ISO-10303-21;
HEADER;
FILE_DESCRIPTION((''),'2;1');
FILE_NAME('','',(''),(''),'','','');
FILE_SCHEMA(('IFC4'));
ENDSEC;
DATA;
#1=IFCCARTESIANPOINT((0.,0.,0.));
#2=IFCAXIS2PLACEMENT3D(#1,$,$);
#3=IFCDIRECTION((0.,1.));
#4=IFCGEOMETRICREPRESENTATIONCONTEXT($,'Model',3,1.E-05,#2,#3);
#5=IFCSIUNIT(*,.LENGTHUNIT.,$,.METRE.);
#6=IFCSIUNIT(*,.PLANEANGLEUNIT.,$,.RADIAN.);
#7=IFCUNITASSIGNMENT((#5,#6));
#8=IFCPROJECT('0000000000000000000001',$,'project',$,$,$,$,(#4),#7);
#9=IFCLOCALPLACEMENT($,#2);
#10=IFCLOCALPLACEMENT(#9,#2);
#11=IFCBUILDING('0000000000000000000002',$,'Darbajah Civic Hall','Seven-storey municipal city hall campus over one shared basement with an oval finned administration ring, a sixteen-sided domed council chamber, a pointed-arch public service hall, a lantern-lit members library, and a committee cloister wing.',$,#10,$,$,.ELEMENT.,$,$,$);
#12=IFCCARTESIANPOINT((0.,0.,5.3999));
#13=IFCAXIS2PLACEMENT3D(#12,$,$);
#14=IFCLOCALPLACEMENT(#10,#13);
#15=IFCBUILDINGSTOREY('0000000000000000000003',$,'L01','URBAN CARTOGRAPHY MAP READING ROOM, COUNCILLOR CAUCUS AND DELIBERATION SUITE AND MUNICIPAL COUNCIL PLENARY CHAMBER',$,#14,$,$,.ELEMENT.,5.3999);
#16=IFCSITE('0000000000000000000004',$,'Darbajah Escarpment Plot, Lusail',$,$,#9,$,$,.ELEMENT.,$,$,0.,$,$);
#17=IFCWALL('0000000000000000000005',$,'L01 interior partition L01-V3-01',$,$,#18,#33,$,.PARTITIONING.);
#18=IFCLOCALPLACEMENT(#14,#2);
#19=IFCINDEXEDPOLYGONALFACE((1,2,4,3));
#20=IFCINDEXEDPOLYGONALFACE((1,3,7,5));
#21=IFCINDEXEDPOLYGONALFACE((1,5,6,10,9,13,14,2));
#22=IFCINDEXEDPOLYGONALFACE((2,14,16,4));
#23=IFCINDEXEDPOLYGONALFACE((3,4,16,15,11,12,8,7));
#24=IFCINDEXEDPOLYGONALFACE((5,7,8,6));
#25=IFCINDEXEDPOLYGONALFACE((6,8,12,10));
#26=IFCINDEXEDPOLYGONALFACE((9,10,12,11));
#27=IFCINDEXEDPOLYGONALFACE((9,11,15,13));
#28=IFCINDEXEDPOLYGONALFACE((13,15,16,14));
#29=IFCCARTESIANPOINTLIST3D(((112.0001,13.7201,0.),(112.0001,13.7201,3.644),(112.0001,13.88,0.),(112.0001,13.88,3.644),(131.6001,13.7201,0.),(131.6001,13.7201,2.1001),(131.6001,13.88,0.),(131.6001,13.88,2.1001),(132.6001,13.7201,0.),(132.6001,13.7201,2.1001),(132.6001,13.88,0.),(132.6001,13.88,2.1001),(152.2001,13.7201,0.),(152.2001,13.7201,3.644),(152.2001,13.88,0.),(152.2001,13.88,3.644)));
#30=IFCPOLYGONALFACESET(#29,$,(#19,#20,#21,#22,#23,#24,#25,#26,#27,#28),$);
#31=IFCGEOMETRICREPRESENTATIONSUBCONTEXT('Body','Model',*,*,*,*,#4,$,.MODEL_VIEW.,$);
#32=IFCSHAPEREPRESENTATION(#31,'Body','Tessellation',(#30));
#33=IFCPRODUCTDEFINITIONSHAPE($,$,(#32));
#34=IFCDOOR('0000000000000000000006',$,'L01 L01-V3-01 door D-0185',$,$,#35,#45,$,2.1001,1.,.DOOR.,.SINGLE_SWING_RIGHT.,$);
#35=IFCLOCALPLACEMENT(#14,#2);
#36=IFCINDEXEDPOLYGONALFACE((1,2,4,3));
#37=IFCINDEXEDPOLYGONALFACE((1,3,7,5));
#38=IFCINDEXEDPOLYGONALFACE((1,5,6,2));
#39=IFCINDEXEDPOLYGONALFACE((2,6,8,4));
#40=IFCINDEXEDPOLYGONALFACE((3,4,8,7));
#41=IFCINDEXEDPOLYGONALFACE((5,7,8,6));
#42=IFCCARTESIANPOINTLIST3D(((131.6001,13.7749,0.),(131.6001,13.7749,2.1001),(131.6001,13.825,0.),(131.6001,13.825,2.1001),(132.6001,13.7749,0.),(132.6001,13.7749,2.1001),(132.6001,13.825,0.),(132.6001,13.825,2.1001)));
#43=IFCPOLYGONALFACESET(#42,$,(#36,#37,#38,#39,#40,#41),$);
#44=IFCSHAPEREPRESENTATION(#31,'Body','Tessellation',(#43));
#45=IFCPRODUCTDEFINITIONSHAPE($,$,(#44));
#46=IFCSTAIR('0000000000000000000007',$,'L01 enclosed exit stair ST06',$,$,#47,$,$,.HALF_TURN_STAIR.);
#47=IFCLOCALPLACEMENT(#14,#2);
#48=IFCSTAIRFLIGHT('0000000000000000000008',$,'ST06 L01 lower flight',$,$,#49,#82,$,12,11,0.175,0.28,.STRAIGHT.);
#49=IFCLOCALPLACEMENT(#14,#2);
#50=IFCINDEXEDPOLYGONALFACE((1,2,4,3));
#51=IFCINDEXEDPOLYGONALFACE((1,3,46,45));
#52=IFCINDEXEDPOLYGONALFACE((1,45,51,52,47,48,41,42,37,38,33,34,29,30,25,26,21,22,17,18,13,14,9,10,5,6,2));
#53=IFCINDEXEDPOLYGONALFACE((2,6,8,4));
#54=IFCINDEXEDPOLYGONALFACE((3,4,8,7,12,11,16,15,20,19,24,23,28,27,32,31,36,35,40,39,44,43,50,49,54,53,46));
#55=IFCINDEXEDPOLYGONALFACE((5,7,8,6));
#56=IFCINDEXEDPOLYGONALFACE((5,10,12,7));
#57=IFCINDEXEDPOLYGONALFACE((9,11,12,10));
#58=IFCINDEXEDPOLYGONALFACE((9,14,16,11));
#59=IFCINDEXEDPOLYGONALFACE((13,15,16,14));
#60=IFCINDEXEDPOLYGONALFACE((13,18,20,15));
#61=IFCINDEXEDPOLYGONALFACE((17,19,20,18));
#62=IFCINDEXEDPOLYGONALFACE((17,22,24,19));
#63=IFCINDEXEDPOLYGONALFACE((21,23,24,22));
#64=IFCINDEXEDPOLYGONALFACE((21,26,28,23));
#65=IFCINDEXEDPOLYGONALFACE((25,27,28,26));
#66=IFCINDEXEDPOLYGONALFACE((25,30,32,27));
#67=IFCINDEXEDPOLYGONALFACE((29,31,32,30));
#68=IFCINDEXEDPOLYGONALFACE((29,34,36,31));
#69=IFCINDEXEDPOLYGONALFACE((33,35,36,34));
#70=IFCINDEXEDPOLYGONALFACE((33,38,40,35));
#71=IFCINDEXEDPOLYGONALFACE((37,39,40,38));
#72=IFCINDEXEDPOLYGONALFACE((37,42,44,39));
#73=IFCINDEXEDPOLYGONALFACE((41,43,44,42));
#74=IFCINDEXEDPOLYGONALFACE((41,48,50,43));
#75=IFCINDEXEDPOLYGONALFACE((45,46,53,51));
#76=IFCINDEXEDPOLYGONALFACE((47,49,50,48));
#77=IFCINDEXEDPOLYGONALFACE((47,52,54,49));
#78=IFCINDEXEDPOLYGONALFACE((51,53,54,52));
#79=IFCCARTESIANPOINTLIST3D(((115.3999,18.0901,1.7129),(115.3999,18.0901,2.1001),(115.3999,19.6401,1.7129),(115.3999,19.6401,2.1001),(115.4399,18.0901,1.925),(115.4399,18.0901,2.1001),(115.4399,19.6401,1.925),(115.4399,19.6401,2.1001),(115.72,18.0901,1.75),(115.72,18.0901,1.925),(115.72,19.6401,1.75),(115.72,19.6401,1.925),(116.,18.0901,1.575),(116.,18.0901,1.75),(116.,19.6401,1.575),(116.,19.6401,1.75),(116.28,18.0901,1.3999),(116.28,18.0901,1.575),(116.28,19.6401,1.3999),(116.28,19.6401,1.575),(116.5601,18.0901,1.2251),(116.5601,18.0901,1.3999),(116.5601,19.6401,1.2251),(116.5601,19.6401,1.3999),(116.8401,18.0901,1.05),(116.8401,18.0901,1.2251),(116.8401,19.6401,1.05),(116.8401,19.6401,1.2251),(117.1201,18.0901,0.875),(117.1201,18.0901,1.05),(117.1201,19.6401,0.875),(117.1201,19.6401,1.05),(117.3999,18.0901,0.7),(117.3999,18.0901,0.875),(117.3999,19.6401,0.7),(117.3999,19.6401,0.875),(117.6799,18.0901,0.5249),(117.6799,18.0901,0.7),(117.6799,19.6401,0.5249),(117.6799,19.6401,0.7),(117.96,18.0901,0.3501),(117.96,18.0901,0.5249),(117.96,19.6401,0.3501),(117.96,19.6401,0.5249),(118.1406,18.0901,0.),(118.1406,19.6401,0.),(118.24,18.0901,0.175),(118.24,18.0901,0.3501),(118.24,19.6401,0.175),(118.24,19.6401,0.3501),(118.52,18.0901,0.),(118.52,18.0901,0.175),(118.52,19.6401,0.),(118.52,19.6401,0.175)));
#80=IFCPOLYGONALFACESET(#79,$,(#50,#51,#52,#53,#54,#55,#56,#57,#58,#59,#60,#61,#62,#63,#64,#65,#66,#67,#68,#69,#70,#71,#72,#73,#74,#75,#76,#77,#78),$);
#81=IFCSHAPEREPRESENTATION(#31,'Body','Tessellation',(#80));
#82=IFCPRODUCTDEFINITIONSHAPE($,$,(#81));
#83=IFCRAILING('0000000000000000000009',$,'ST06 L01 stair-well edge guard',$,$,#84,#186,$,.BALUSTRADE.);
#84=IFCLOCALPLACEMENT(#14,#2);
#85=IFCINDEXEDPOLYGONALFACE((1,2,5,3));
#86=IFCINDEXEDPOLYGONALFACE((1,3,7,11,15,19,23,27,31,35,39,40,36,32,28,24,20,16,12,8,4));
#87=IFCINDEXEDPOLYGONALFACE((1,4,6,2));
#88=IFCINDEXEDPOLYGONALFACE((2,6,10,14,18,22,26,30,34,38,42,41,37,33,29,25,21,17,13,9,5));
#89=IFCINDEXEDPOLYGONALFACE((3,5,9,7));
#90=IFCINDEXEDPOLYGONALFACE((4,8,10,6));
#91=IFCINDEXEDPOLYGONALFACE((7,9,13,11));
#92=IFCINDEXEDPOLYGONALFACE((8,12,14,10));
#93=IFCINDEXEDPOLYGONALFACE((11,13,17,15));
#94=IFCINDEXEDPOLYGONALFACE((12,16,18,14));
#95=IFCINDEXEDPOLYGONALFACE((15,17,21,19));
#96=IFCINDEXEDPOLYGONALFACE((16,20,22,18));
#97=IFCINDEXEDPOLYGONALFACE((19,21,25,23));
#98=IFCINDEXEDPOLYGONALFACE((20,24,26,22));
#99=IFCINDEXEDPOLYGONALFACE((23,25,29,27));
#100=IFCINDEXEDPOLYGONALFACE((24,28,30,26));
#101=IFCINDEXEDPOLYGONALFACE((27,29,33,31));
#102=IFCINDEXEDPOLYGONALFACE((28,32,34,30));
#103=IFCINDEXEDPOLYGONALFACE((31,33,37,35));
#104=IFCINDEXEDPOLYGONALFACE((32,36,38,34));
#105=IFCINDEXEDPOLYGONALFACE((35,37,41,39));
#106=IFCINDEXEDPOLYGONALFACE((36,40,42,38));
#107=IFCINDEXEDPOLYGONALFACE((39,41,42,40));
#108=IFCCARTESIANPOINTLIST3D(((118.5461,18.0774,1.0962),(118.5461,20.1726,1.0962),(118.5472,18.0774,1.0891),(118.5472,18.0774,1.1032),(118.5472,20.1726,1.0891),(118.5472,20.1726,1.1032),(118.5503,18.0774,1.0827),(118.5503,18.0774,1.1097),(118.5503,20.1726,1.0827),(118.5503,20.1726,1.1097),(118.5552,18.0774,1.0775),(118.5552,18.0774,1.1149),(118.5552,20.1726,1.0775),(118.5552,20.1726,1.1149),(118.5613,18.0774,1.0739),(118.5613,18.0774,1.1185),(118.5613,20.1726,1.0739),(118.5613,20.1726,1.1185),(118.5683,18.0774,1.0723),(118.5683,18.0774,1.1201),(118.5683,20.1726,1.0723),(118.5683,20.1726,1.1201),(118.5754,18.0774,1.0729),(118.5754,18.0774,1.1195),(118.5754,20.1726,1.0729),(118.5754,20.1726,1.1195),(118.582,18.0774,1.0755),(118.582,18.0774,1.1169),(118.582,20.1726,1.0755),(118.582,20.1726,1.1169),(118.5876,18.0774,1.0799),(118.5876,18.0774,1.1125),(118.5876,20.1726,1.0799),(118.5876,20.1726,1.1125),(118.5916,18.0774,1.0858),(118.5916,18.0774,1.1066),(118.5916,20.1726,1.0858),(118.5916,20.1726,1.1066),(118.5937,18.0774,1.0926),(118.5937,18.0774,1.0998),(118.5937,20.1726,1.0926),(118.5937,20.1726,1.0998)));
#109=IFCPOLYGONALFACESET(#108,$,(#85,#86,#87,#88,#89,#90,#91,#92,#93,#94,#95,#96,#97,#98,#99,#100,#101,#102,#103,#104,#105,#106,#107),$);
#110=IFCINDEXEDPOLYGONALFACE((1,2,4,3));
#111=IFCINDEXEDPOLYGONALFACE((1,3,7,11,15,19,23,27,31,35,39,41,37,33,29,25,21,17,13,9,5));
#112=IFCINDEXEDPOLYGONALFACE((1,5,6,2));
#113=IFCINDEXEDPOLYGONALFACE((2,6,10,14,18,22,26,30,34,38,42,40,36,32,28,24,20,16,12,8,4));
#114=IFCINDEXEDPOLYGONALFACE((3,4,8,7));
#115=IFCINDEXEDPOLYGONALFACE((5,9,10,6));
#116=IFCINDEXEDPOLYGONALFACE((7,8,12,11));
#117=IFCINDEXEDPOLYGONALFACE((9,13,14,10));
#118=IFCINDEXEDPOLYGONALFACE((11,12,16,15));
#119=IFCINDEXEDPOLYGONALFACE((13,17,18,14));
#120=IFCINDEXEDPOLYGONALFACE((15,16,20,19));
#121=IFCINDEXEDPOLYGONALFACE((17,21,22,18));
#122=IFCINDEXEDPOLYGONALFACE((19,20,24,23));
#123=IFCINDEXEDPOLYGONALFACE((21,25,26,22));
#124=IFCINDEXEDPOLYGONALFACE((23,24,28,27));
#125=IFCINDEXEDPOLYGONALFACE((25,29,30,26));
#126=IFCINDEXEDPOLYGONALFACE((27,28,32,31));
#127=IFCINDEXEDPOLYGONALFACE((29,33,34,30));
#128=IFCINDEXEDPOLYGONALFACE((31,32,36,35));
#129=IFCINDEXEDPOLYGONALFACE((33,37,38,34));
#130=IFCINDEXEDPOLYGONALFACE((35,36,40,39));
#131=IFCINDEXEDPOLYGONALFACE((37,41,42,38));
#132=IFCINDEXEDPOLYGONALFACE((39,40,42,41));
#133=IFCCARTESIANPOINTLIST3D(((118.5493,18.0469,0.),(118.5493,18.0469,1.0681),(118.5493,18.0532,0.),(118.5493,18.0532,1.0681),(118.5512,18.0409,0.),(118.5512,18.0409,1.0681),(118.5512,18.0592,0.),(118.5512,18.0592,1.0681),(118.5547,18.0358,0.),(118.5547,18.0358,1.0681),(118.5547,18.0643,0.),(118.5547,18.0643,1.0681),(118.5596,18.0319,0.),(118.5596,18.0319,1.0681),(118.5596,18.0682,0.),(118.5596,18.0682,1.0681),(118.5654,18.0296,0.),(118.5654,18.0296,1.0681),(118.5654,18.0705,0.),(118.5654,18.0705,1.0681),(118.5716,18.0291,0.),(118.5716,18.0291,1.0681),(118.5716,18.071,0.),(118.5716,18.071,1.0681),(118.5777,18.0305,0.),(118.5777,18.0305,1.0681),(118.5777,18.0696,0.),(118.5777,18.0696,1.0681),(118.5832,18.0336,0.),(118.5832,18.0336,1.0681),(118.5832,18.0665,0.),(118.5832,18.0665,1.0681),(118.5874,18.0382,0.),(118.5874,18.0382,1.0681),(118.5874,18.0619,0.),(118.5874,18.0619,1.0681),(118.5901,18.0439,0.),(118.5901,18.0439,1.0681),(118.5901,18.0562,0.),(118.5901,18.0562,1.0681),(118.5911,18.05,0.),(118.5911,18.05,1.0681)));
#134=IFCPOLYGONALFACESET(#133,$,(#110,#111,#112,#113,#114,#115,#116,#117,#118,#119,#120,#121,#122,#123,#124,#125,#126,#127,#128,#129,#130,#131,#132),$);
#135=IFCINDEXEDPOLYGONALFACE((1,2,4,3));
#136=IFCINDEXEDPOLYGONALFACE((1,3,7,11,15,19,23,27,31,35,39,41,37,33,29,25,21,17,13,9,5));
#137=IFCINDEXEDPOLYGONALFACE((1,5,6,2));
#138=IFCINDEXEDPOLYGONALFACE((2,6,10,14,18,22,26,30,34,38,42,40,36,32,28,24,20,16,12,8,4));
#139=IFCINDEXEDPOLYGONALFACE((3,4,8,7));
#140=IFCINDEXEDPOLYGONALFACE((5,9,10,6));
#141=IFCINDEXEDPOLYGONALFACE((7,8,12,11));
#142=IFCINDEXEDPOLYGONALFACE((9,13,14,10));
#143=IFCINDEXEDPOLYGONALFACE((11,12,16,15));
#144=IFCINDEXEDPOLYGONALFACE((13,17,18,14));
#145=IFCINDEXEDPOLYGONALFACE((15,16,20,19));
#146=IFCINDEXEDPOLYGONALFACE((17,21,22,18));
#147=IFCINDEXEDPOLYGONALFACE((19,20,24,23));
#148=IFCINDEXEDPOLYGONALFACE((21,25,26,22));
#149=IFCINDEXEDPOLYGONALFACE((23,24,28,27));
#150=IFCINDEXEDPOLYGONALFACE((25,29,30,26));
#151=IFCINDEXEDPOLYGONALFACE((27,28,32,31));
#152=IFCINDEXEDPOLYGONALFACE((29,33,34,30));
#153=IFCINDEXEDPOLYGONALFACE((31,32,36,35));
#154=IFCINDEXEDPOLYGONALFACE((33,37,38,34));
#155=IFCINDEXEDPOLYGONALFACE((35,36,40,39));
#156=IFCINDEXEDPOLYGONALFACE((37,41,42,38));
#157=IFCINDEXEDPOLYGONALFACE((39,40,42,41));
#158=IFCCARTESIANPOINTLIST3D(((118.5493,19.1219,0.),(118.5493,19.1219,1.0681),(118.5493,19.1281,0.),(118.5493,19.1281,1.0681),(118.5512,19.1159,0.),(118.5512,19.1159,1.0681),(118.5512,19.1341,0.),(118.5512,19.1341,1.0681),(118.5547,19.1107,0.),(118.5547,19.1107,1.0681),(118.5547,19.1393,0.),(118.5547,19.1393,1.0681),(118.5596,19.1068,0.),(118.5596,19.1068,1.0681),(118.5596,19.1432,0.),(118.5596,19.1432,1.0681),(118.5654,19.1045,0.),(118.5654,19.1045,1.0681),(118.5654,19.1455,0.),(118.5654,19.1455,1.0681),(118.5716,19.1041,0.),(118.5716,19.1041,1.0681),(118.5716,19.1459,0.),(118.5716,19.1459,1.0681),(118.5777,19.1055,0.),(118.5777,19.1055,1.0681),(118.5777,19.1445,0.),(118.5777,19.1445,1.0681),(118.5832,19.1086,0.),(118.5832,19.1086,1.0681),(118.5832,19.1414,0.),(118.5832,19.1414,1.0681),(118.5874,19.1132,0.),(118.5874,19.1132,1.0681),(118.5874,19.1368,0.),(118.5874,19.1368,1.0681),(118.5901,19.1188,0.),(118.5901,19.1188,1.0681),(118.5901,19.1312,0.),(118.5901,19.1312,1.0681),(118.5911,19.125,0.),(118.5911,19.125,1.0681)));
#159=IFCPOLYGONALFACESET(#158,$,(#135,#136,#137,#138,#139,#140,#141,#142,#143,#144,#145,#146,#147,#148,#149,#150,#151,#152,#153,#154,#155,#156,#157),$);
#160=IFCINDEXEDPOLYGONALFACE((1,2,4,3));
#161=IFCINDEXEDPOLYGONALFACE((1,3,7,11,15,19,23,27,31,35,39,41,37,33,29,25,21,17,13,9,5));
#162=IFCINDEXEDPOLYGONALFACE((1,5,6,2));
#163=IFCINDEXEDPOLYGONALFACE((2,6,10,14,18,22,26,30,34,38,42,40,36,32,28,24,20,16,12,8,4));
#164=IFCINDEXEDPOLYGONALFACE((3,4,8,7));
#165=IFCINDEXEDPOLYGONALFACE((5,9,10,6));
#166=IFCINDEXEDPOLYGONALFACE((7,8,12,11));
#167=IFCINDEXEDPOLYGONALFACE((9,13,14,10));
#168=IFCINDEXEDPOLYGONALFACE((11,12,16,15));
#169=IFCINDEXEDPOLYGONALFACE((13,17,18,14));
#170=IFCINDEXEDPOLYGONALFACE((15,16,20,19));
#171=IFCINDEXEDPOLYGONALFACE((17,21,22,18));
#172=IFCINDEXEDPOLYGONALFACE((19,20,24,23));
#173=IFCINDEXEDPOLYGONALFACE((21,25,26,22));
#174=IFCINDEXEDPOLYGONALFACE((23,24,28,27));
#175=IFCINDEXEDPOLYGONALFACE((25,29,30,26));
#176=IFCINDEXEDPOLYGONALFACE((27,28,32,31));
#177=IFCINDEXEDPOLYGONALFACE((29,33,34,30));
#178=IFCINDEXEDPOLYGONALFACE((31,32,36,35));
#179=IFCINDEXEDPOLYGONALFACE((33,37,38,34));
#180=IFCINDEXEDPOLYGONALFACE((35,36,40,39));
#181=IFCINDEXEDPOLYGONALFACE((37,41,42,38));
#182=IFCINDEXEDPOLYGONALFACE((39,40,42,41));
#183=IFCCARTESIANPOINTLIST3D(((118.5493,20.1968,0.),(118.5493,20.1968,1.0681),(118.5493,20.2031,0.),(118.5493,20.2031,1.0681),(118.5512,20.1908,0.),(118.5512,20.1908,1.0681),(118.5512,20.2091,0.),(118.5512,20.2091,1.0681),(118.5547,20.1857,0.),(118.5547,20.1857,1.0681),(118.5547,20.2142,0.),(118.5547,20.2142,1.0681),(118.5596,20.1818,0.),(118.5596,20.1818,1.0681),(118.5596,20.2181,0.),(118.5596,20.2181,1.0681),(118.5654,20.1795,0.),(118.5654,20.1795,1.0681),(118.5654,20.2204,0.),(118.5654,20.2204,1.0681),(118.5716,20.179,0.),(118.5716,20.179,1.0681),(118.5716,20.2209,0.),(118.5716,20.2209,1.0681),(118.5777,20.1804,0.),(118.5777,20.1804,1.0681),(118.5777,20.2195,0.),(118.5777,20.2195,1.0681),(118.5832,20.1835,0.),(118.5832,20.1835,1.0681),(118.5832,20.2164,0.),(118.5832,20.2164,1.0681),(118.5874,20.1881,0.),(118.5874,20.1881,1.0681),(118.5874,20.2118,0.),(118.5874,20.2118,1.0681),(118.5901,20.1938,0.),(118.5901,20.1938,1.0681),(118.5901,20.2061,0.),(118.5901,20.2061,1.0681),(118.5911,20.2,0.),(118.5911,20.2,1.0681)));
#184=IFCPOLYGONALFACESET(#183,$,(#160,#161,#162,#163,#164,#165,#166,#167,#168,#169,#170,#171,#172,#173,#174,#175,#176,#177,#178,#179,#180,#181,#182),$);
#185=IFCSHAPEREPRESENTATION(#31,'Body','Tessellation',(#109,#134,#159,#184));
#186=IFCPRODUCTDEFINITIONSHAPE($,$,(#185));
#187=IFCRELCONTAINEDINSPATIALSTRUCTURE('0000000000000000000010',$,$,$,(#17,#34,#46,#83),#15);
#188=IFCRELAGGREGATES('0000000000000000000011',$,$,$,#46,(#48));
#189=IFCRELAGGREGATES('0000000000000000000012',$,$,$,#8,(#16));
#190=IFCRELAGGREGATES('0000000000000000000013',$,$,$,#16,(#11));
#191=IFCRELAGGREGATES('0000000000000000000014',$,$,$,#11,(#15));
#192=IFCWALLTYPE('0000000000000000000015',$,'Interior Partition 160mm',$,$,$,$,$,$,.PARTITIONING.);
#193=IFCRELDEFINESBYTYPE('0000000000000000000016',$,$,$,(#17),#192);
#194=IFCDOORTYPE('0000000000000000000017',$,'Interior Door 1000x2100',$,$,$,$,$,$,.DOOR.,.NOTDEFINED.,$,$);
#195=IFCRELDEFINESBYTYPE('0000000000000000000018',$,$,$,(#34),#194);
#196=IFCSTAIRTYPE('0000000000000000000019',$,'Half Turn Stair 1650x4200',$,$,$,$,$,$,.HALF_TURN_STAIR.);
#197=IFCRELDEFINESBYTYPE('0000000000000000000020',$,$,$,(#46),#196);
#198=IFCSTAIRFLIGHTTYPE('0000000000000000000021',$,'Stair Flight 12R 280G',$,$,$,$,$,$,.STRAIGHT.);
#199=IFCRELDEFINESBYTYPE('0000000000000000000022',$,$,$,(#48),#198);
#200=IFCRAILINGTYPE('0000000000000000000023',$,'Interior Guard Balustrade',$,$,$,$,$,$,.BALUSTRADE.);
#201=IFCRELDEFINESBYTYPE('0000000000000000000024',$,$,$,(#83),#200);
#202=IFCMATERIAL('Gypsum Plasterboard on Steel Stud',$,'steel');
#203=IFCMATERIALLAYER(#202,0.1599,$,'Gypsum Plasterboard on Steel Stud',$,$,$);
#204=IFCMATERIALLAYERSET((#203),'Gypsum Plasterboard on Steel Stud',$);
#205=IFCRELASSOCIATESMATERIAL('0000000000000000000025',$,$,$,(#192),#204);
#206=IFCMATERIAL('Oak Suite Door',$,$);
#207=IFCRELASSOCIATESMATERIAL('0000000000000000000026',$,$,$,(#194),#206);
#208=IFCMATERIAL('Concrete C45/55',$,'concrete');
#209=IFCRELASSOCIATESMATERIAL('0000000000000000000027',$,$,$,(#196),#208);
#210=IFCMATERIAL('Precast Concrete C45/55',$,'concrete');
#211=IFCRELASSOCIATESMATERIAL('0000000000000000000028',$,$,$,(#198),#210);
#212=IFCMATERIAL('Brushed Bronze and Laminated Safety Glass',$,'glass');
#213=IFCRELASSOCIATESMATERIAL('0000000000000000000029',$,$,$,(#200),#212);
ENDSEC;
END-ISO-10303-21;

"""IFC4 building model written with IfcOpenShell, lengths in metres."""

from ifc_helpers import new_model, si_unit, direction, frame, frame_2d, origin, origin_2d, place, context, subcontext, project, spatial, polyline, rectangle, circle, outline, extrude, material, layer, layer_set, type_object, element, fill, aggregate, save


model = new_model("IFC4")

# Units and contexts
model_context = context("Model", 3, precision=1e-05, world=origin(), true_north=direction((0.0, 1.0)))
body_context = subcontext(model_context, "Body", "Model", "MODEL_VIEW")
ifc_project = project(units=[si_unit("LENGTHUNIT", "METRE"), si_unit("PLANEANGLEUNIT", "RADIAN")], contexts=[model_context])

# Site, building, storey
site_placement = place(None, origin())
site = spatial("IfcSite", under=ifc_project, at=site_placement, Name="Darbajah Escarpment Plot, Lusail", CompositionType="ELEMENT", RefElevation=0.0)
building_placement = place(site_placement, origin())
building = spatial("IfcBuilding", under=site, at=building_placement, Name="Darbajah Civic Hall", Description="Seven-storey municipal city hall campus over one shared basement with an oval finned administration ring, a sixteen-sided domed council chamber, a pointed-arch public service hall, a lantern-lit members library, and a committee cloister wing.", CompositionType="ELEMENT")
storey_placement = place(building_placement, frame((0.0, 0.0, 5.3999)))
storey = spatial("IfcBuildingStorey", under=building, at=storey_placement, Name="L01", Description="URBAN CARTOGRAPHY MAP READING ROOM, COUNCILLOR CAUCUS AND DELIBERATION SUITE AND MUNICIPAL COUNCIL PLENARY CHAMBER", CompositionType="ELEMENT", Elevation=5.3999)

# Shared definitions
ifc_material_1 = material(Name="Concrete C45/55", Category="concrete")

# Wall, opening, door
ifc_material_2 = material(Name="Gypsum Plasterboard on Steel Stud", Category="steel")
ifc_layer_1 = layer(ifc_material_2, 0.1599, Name="Gypsum Plasterboard on Steel Stud")
ifc_layer_set_1 = layer_set([ifc_layer_1], Name="Gypsum Plasterboard on Steel Stud")
wall_type_1 = type_object("IfcWallType", Name="Interior Partition 160mm", PredefinedType="PARTITIONING", material=ifc_layer_set_1)
wall_1_placement = place(storey_placement, frame((112.0, 13.8, 0.0), z_axis=(0.0, 0.0, 1.0), x_axis=(1.0, 0.0, 0.0)))
wall_1 = element("IfcWall", 1, at=wall_1_placement, inside=storey, type_object=wall_type_1, Name="L01 interior partition L01-V3-01", PredefinedType="PARTITIONING", context=body_context, shape_type="SweptSolid", body=[
    extrude(rectangle(XDim=40.2, YDim=0.1599, at=frame_2d((20.1001, 0.0))), origin(), (0.0, 0.0, 1.0), 3.644),
])
opening_1_placement = place(wall_1_placement, frame((19.6001, 0.0, 0.0)))
opening_1 = element("IfcOpeningElement", 2, at=opening_1_placement, cuts=wall_1, PredefinedType="OPENING", context=body_context, shape_type="SweptSolid", body=[
    extrude(rectangle(XDim=1.0, YDim=2.1001, at=frame_2d((0.5, 1.05))), frame((0.0, 0.0898, 0.0), z_axis=(0.0, -1.0, 0.0), x_axis=(1.0, 0.0, 0.0)), (0.0, 0.0, 1.0), 0.1799),
])
ifc_material_3 = material(Name="Oak Suite Door")
door_type_1 = type_object("IfcDoorType", Name="Interior Door 1000x2100", OperationType="NOTDEFINED", PredefinedType="DOOR", material=ifc_material_3)
door_1_placement = place(opening_1_placement, origin())
door_1 = element("IfcDoor", 3, at=door_1_placement, inside=storey, type_object=door_type_1, Name="L01 L01-V3-01 door D-0185", OperationType="SINGLE_SWING_RIGHT", OverallHeight=2.1001, OverallWidth=1.0, PredefinedType="DOOR", context=body_context, shape_type="SweptSolid", body=[
    extrude(rectangle(XDim=1.0, YDim=2.1001, at=frame_2d((0.5, 1.05))), frame((0.0, 0.0249, 0.0), z_axis=(0.0, -1.0, 0.0), x_axis=(1.0, 0.0, 0.0)), (0.0, 0.0, 1.0), 0.05),
])
fill(opening_1, door_1)

# Stair, stair flight
stair_type = type_object("IfcStairType", Name="Half Turn Stair 1650x4200", PredefinedType="HALF_TURN_STAIR", material=ifc_material_1)
stair_placement = place(storey_placement, origin())
stair = element("IfcStair", 4, at=stair_placement, inside=storey, type_object=stair_type, Name="L01 enclosed exit stair ST06", PredefinedType="HALF_TURN_STAIR")
ifc_material_4 = material(Name="Precast Concrete C45/55", Category="concrete")
stair_flight_type = type_object("IfcStairFlightType", Name="Stair Flight 12R 280G", PredefinedType="STRAIGHT", material=ifc_material_4)
stair_flight_placement = place(storey_placement, frame((118.52, 18.865, 0.0), z_axis=(0.0, 0.0, 1.0), x_axis=(-1.0, 0.0, 0.0)))
stair_flight = element("IfcStairFlight", 5, at=stair_flight_placement, type_object=stair_flight_type, Name="ST06 L01 lower flight", NumberOfRisers=12, NumberOfTreads=11, PredefinedType="STRAIGHT", RiserHeight=0.175, TreadLength=0.28, context=body_context, shape_type="SweptSolid", body=[
    extrude(outline(polyline([(0.0, 0.0), (0.0, 0.175), (0.28, 0.175), (0.28, 0.3501), (0.5601, 0.3501), (0.5601, 0.5249), (0.8401, 0.5249), (0.8401, 0.7), (1.1201, 0.7), (1.1201, 0.875), (1.3999, 0.875), (1.3999, 1.05), (1.6799, 1.05), (1.6799, 1.2251), (1.96, 1.2251), (1.96, 1.3999), (2.24, 1.3999), (2.24, 1.575), (2.52, 1.575), (2.52, 1.75), (2.8, 1.75), (2.8, 1.925), (3.0801, 1.925), (3.0801, 2.1001), (3.1201, 2.1001), (3.1201, 1.7129), (0.3794, 0.0), (0.0, 0.0)])), frame((0.0, 0.7749, 0.0), z_axis=(0.0, -1.0, 0.0), x_axis=(1.0, 0.0, 0.0)), (0.0, 0.0, 1.0), 1.55),
])
aggregate(stair, [stair_flight])

# Railing
ifc_material_5 = material(Name="Brushed Bronze and Laminated Safety Glass", Category="glass")
railing_type = type_object("IfcRailingType", Name="Interior Guard Balustrade", PredefinedType="BALUSTRADE", material=ifc_material_5)
railing_1_placement = place(storey_placement, frame((118.5701, 18.05, 0.0)))
element("IfcRailing", 6, at=railing_1_placement, inside=storey, type_object=railing_type, Name="ST06 L01 stair-well edge guard", PredefinedType="BALUSTRADE", context=body_context, shape_type="SweptSolid", body=[
    extrude(circle(Radius=0.0239, at=origin_2d()), frame((0.0, 0.0273, 1.0962), z_axis=(0.0, 1.0, 0.0), x_axis=(-1.0, 0.0, 0.0)), (0.0, 0.0, 1.0), 2.0952),
    extrude(circle(Radius=0.021, at=origin_2d()), origin(), (0.0, 0.0, 1.0), 1.0681),
    extrude(circle(Radius=0.021, at=origin_2d()), frame((0.0, 1.075, 0.0)), (0.0, 0.0, 1.0), 1.0681),
    extrude(circle(Radius=0.021, at=origin_2d()), frame((0.0, 2.1499, 0.0)), (0.0, 0.0, 1.0), 1.0681),
])

save(model, "model.ifc")
